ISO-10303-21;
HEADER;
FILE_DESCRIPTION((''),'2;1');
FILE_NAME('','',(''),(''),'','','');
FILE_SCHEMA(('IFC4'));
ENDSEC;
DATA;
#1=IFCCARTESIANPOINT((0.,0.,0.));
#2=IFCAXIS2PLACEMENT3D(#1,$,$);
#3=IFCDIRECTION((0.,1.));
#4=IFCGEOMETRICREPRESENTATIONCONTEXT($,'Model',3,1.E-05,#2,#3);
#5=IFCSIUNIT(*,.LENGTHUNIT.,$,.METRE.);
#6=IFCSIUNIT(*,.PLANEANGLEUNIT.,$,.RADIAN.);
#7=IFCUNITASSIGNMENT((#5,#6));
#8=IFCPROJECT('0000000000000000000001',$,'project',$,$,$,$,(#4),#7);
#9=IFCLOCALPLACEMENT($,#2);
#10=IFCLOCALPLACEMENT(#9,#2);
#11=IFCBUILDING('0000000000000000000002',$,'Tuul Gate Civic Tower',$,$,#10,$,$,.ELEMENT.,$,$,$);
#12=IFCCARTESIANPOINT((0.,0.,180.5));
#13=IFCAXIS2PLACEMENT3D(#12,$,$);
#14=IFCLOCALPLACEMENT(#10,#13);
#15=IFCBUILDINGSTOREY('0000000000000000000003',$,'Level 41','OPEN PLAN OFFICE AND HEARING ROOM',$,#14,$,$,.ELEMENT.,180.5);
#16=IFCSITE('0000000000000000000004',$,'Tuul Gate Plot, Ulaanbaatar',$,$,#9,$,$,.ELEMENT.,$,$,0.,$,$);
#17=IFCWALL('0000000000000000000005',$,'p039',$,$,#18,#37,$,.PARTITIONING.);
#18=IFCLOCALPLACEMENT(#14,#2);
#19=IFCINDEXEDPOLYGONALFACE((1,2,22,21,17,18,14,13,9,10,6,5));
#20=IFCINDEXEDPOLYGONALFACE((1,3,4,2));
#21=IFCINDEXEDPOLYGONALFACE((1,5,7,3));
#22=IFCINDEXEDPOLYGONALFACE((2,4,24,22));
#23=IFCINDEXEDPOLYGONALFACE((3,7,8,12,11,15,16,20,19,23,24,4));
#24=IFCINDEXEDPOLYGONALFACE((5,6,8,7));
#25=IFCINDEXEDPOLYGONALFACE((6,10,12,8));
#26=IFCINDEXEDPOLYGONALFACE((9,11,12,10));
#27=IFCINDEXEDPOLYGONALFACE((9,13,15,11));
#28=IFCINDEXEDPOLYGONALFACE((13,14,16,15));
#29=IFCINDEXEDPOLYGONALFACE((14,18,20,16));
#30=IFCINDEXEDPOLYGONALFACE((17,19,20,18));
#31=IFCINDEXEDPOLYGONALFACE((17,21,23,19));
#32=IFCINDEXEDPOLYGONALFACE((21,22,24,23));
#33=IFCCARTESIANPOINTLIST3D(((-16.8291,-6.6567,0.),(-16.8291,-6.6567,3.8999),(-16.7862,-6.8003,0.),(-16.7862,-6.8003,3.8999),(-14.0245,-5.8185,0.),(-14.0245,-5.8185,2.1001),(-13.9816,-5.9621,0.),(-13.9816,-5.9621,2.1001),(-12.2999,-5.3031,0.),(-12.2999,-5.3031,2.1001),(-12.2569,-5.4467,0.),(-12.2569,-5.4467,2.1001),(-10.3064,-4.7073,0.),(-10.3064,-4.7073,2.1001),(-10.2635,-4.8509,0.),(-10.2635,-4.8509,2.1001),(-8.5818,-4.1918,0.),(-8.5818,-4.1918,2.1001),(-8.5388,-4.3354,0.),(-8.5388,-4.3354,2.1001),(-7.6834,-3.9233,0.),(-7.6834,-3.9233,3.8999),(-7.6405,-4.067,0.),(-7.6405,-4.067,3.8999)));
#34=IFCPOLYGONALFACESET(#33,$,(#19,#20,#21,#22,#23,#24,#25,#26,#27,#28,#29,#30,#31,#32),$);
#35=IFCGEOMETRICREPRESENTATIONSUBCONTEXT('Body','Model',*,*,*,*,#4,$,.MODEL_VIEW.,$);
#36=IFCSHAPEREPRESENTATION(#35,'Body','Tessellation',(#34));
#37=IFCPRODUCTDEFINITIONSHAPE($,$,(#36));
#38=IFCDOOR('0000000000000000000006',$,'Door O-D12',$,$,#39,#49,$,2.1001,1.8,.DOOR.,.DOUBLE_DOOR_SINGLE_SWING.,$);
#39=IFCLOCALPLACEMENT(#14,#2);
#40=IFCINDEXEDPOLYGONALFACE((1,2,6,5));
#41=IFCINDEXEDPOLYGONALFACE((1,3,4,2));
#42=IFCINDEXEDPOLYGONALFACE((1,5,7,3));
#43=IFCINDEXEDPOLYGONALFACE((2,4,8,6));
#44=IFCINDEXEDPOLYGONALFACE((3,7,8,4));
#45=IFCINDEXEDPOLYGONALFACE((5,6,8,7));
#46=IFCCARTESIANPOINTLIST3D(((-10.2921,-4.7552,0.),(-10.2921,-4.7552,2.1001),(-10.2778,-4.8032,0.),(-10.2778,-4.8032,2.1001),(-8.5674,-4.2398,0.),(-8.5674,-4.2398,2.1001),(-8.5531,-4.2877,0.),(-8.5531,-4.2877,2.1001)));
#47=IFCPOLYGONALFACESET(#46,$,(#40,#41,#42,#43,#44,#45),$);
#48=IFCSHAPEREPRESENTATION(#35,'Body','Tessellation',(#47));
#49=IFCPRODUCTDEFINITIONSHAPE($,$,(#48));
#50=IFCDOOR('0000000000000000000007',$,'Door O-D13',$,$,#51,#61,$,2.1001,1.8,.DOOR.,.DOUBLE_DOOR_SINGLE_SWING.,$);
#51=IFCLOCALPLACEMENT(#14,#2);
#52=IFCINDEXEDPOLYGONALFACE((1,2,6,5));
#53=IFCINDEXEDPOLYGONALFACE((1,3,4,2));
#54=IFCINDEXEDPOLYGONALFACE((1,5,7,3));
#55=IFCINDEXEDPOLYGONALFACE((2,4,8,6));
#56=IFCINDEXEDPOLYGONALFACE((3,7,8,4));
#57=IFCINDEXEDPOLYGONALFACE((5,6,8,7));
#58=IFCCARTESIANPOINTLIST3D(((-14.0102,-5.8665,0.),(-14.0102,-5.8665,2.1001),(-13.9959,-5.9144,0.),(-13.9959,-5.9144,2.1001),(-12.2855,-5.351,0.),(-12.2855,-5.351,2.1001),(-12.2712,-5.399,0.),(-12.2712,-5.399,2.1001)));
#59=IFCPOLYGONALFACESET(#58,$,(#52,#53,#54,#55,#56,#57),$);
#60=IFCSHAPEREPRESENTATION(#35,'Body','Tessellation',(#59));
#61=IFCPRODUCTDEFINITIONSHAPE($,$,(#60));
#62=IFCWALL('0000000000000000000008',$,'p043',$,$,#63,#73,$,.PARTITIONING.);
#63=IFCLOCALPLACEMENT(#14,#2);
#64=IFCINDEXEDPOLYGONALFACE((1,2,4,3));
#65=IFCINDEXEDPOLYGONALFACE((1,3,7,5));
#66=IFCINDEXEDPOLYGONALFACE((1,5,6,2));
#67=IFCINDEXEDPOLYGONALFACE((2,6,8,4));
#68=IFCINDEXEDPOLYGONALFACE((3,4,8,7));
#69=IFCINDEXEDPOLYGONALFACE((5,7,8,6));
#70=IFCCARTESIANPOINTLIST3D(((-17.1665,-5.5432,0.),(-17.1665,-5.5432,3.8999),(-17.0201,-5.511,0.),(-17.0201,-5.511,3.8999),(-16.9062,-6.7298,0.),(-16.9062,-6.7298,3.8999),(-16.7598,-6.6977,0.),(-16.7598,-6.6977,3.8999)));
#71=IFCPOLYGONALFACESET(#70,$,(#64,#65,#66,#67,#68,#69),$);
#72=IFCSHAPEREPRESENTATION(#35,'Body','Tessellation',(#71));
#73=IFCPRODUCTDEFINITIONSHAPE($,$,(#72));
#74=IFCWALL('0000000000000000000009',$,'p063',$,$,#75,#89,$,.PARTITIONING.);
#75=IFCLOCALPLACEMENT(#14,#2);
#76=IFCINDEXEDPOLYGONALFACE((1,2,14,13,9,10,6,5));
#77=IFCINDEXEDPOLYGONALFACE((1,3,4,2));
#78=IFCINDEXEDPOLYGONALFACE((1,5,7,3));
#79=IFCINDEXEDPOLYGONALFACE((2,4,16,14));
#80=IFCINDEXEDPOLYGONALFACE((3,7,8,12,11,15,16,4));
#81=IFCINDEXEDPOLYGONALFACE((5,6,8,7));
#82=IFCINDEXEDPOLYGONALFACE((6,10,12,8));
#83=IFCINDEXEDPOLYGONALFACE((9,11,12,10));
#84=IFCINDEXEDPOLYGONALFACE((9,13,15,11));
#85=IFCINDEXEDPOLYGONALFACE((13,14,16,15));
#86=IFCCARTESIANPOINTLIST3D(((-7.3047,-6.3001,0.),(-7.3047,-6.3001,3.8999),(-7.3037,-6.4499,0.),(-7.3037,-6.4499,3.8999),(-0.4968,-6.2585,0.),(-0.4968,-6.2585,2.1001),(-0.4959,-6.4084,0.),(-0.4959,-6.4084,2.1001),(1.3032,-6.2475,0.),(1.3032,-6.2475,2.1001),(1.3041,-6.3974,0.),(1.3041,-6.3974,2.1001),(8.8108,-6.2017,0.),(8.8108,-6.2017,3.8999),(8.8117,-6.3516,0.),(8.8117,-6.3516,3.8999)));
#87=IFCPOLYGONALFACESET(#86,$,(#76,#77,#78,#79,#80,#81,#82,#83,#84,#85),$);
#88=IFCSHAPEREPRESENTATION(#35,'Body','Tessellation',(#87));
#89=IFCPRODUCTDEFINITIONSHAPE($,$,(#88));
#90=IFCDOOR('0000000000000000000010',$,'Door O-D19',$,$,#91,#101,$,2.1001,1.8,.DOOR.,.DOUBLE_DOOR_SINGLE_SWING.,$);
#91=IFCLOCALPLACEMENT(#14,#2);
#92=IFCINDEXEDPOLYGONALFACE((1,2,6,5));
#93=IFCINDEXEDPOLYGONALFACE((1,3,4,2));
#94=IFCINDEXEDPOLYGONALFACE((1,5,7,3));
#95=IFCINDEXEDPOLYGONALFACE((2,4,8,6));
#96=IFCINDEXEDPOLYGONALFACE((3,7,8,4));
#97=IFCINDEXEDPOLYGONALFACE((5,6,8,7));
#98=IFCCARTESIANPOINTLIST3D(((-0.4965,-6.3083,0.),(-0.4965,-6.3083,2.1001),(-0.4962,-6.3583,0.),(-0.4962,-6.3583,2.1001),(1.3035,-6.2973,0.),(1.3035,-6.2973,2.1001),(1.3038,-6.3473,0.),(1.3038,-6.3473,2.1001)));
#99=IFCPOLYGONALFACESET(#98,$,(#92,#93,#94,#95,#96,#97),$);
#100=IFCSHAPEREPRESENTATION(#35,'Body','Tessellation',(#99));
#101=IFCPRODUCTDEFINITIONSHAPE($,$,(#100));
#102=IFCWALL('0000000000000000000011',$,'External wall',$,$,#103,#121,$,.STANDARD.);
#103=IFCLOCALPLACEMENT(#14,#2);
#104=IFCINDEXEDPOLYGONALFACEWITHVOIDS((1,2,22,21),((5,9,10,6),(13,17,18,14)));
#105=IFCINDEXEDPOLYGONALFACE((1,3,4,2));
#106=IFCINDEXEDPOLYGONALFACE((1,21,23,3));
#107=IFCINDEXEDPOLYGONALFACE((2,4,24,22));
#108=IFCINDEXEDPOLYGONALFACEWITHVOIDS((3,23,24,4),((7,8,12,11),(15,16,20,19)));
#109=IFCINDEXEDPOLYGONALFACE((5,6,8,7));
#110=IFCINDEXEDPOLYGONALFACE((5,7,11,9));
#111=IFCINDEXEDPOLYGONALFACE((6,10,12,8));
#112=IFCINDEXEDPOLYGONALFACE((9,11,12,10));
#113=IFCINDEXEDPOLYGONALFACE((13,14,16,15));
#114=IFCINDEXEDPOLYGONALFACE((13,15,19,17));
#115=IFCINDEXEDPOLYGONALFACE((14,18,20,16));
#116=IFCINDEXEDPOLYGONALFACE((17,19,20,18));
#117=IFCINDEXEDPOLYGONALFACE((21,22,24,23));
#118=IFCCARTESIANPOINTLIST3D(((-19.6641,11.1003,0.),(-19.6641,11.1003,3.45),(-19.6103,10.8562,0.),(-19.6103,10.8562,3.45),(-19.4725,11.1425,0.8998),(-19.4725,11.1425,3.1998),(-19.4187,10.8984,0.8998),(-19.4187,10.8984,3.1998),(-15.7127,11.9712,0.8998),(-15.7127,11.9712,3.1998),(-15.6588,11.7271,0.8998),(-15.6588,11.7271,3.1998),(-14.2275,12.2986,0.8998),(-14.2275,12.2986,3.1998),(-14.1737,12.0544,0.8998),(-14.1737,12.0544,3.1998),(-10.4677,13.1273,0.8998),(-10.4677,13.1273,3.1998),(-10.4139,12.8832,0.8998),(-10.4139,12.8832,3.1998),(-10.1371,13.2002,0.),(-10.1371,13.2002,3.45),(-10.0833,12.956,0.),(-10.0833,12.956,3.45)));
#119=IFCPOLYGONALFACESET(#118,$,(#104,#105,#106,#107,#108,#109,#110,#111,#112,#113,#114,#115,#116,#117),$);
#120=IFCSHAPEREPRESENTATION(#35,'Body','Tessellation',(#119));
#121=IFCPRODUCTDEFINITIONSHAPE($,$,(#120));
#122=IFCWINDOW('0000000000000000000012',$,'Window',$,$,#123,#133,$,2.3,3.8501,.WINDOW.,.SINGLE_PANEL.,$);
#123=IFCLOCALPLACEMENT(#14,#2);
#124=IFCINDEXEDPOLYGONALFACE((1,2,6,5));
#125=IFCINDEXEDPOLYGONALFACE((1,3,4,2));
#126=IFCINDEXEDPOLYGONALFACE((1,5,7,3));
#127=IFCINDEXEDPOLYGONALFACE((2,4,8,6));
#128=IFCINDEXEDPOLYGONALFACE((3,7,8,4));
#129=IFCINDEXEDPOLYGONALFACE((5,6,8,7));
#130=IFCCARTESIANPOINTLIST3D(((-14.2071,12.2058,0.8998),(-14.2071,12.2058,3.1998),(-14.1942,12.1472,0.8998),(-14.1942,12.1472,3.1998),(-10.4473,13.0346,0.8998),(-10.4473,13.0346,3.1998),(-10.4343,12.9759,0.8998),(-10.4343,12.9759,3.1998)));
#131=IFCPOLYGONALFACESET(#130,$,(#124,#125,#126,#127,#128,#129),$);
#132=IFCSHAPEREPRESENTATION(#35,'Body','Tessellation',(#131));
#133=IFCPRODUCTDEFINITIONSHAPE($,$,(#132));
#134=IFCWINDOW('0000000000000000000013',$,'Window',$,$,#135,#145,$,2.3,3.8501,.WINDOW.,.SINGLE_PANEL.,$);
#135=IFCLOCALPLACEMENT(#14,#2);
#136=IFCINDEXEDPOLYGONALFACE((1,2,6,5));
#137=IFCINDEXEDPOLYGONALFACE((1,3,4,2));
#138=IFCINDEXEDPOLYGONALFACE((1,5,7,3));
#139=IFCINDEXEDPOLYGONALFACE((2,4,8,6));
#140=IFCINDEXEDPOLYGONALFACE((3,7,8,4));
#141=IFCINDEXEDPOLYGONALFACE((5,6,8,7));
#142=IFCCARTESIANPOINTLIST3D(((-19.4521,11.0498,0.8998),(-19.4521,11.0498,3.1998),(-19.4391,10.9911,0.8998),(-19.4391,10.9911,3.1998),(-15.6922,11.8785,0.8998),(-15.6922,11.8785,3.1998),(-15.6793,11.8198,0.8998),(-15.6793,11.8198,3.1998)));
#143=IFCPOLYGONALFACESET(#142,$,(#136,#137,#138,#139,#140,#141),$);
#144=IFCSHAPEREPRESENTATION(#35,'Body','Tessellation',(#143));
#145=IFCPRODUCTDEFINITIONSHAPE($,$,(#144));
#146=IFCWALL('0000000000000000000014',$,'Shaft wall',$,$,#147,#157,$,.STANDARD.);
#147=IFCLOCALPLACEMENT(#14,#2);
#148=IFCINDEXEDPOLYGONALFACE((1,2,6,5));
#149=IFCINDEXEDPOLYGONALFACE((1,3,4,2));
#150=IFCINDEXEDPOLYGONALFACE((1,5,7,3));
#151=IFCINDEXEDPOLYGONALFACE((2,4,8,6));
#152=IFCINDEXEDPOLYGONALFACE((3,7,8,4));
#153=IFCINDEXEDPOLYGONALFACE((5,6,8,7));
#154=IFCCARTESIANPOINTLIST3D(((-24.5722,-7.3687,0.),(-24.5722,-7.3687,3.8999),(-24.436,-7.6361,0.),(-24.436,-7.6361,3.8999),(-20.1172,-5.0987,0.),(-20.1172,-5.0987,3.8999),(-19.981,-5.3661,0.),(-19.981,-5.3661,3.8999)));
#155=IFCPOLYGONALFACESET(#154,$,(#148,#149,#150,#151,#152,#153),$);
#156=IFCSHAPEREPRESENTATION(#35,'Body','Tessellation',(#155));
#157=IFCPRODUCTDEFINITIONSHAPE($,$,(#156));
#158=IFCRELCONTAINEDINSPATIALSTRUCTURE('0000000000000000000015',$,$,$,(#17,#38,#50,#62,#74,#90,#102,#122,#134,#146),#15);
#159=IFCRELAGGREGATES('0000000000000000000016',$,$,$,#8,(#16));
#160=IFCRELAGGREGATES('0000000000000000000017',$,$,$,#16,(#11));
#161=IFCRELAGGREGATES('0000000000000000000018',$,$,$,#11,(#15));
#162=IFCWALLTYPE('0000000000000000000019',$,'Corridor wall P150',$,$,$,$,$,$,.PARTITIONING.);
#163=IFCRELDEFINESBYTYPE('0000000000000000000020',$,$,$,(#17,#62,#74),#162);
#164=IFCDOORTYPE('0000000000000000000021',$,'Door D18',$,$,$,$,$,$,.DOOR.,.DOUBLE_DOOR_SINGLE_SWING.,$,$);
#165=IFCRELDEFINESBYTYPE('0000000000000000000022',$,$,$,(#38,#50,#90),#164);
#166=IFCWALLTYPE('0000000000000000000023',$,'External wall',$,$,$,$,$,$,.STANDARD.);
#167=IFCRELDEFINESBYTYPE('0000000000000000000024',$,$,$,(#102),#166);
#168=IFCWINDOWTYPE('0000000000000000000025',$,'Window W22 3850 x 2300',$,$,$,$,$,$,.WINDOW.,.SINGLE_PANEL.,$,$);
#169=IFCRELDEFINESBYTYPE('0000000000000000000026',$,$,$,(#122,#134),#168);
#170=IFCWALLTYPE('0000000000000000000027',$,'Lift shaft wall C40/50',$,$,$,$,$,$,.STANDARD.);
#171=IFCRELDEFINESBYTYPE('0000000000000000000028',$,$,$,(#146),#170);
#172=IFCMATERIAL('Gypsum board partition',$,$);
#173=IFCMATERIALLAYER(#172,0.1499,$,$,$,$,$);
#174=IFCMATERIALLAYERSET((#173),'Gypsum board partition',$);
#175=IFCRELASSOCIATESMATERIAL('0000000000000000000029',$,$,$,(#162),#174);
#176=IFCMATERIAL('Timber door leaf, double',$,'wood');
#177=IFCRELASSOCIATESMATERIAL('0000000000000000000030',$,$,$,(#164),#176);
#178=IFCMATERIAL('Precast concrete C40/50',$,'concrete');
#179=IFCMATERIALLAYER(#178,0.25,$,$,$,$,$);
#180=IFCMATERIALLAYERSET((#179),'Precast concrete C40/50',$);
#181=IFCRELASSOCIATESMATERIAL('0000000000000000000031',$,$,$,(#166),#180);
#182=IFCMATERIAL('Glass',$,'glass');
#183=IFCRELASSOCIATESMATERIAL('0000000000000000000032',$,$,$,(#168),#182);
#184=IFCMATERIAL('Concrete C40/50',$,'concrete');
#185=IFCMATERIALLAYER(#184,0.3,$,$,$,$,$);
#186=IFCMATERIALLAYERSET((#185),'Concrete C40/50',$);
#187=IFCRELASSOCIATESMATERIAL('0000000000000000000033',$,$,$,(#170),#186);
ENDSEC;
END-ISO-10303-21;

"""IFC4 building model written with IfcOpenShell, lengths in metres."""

from ifc_helpers import new_model, si_unit, direction, frame, frame_2d, origin, place, context, subcontext, project, spatial, rectangle, extrude, material, layer, layer_set, type_object, element, fill, save


model = new_model("IFC4")

# Units and contexts
model_context = context("Model", 3, precision=1e-05, world=origin(), true_north=direction((0.0, 1.0)))
body_context = subcontext(model_context, "Body", "Model", "MODEL_VIEW")
ifc_project = project(units=[si_unit("LENGTHUNIT", "METRE"), si_unit("PLANEANGLEUNIT", "RADIAN")], contexts=[model_context])

# Site, building, storey
site_placement = place(None, origin())
site = spatial("IfcSite", under=ifc_project, at=site_placement, Name="Tuul Gate Plot, Ulaanbaatar", CompositionType="ELEMENT", RefElevation=0.0)
building_placement = place(site_placement, origin())
building = spatial("IfcBuilding", under=site, at=building_placement, Name="Tuul Gate Civic Tower", CompositionType="ELEMENT")
storey_placement = place(building_placement, frame((0.0, 0.0, 180.5)))
storey = spatial("IfcBuildingStorey", under=building, at=storey_placement, Name="Level 41", Description="OPEN PLAN OFFICE AND HEARING ROOM", CompositionType="ELEMENT", Elevation=180.5)

# Wall, openings, doors
ifc_material_1 = material(Name="Gypsum board partition")
ifc_layer_1 = layer(ifc_material_1, 0.1499)
ifc_layer_set_1 = layer_set([ifc_layer_1], Name="Gypsum board partition")
wall_type_1 = type_object("IfcWallType", Name="Corridor wall P150", PredefinedType="PARTITIONING", material=ifc_layer_set_1)
ifc_material_2 = material(Name="Timber door leaf, double", Category="wood")
door_type_1 = type_object("IfcDoorType", Name="Door D18", OperationType="DOUBLE_DOOR_SINGLE_SWING", PredefinedType="DOOR", material=ifc_material_2)
wall_1_placement = place(storey_placement, frame((-16.8076, -6.7285, 0.0), z_axis=(0.0, 0.0, 1.0), x_axis=(0.958124, 0.286355, 0.0)))
wall_1 = element("IfcWall", 1, at=wall_1_placement, inside=storey, type_object=wall_type_1, Name="p039", PredefinedType="PARTITIONING", context=body_context, shape_type="SweptSolid", body=[
    extrude(rectangle(XDim=9.5454, YDim=0.1499, at=frame_2d((4.7727, 0.0))), origin(), (0.0, 0.0, 1.0), 3.8999),
])
opening_1_placement = place(wall_1_placement, frame((6.8079, 0.0, 0.0)))
opening_1 = element("IfcOpeningElement", 2, at=opening_1_placement, cuts=wall_1, PredefinedType="OPENING", context=body_context, shape_type="SweptSolid", body=[
    extrude(rectangle(XDim=1.8, YDim=2.1001, at=frame_2d((0.8999, 1.05))), frame((0.0, 0.085, 0.0), z_axis=(0.0, -1.0, 0.0), x_axis=(1.0, 0.0, 0.0)), (0.0, 0.0, 1.0), 0.1699),
])
opening_2_placement = place(wall_1_placement, frame((2.9272, 0.0, 0.0)))
opening_2 = element("IfcOpeningElement", 3, at=opening_2_placement, cuts=wall_1, PredefinedType="OPENING", context=body_context, shape_type="SweptSolid", body=[
    extrude(rectangle(XDim=1.8, YDim=2.1001, at=frame_2d((0.8999, 1.05))), frame((0.0, 0.085, 0.0), z_axis=(0.0, -1.0, 0.0), x_axis=(1.0, 0.0, 0.0)), (0.0, 0.0, 1.0), 0.1699),
])
door_1_placement = place(opening_1_placement, origin())
door_1 = element("IfcDoor", 4, at=door_1_placement, inside=storey, type_object=door_type_1, Name="Door O-D12", OperationType="DOUBLE_DOOR_SINGLE_SWING", OverallHeight=2.1001, OverallWidth=1.8, PredefinedType="DOOR", context=body_context, shape_type="SweptSolid", body=[
    extrude(rectangle(XDim=1.8, YDim=2.1001, at=frame_2d((0.8999, 1.05))), frame((0.0, 0.0249, 0.0), z_axis=(0.0, -1.0, 0.0), x_axis=(1.0, 0.0, 0.0)), (0.0, 0.0, 1.0), 0.05),
])
fill(opening_1, door_1)
door_2_placement = place(opening_2_placement, origin())
door_2 = element("IfcDoor", 5, at=door_2_placement, inside=storey, type_object=door_type_1, Name="Door O-D13", OperationType="DOUBLE_DOOR_SINGLE_SWING", OverallHeight=2.1001, OverallWidth=1.8, PredefinedType="DOOR", context=body_context, shape_type="SweptSolid", body=[
    extrude(rectangle(XDim=1.8, YDim=2.1001, at=frame_2d((0.8999, 1.05))), frame((0.0, 0.0249, 0.0), z_axis=(0.0, -1.0, 0.0), x_axis=(1.0, 0.0, 0.0)), (0.0, 0.0, 1.0), 0.05),
])
fill(opening_2, door_2)

# Wall
wall_2_placement = place(storey_placement, frame((-17.0933, -5.5271, 0.0), z_axis=(0.0, 0.0, 1.0), x_axis=(0.214248, -0.976779, 0.0)))
element("IfcWall", 6, at=wall_2_placement, inside=storey, type_object=wall_type_1, Name="p043", PredefinedType="PARTITIONING", context=body_context, shape_type="SweptSolid", body=[
    extrude(rectangle(XDim=1.2148, YDim=0.1499, at=frame_2d((0.6074, 0.0))), origin(), (0.0, 0.0, 1.0), 3.8999),
])

# Wall, opening, door
wall_3_placement = place(storey_placement, frame((-7.3042, -6.375, 0.0), z_axis=(0.0, 0.0, 1.0), x_axis=(0.999981, 0.006105, 0.0)))
wall_3 = element("IfcWall", 7, at=wall_3_placement, inside=storey, type_object=wall_type_1, Name="p063", PredefinedType="PARTITIONING", context=body_context, shape_type="SweptSolid", body=[
    extrude(rectangle(XDim=16.1157, YDim=0.1499, at=frame_2d((8.0579, 0.0))), origin(), (0.0, 0.0, 1.0), 3.8999),
])
opening_3_placement = place(wall_3_placement, frame((6.8081, 0.0, 0.0)))
opening_3 = element("IfcOpeningElement", 8, at=opening_3_placement, cuts=wall_3, PredefinedType="OPENING", context=body_context, shape_type="SweptSolid", body=[
    extrude(rectangle(XDim=1.8, YDim=2.1001, at=frame_2d((0.8999, 1.05))), frame((0.0, 0.085, 0.0), z_axis=(0.0, -1.0, 0.0), x_axis=(1.0, 0.0, 0.0)), (0.0, 0.0, 1.0), 0.1699),
])
door_3_placement = place(opening_3_placement, frame((1.8, 0.0, 0.0), z_axis=(0.0, 0.0, 1.0), x_axis=(-1.0, 0.0, 0.0)))
door_3 = element("IfcDoor", 9, at=door_3_placement, inside=storey, type_object=door_type_1, Name="Door O-D19", OperationType="DOUBLE_DOOR_SINGLE_SWING", OverallHeight=2.1001, OverallWidth=1.8, PredefinedType="DOOR", context=body_context, shape_type="SweptSolid", body=[
    extrude(rectangle(XDim=1.8, YDim=2.1001, at=frame_2d((0.9001, 1.05))), frame((0.0, 0.0249, 0.0), z_axis=(0.0, -1.0, 0.0), x_axis=(1.0, 0.0, 0.0)), (0.0, 0.0, 1.0), 0.05),
])
fill(opening_3, door_3)

# Wall, openings, windows
ifc_material_3 = material(Name="Precast concrete C40/50", Category="concrete")
ifc_layer_2 = layer(ifc_material_3, 0.25)
ifc_layer_set_2 = layer_set([ifc_layer_2], Name="Precast concrete C40/50")
wall_type_2 = type_object("IfcWallType", Name="External wall", PredefinedType="STANDARD", material=ifc_layer_set_2)
wall_4_placement = place(storey_placement, frame((-10.1101, 13.0781, 0.0), z_axis=(0.0, 0.0, 1.0), x_axis=(-0.97656, -0.215248, 0.0)))
wall_4 = element("IfcWall", 10, at=wall_4_placement, inside=storey, type_object=wall_type_2, Name="External wall", PredefinedType="STANDARD", context=body_context, shape_type="SweptSolid", body=[
    extrude(rectangle(XDim=9.7556, YDim=0.25, at=frame_2d((4.8779, 0.0))), origin(), (0.0, 0.0, 1.0), 3.45),
])
opening_4_placement = place(wall_4_placement, frame((0.3386, 0.0, 0.8999)))
opening_4 = element("IfcOpeningElement", 11, at=opening_4_placement, cuts=wall_4, PredefinedType="OPENING", context=body_context, shape_type="SweptSolid", body=[
    extrude(rectangle(XDim=3.8501, YDim=2.3, at=frame_2d((1.925, 1.1499))), frame((0.0, 0.135, 0.0), z_axis=(0.0, -1.0, 0.0), x_axis=(1.0, 0.0, 0.0)), (0.0, 0.0, 1.0), 0.27),
])
opening_5_placement = place(wall_4_placement, frame((5.7095, 0.0, 0.8999)))
opening_5 = element("IfcOpeningElement", 12, at=opening_5_placement, cuts=wall_4, PredefinedType="OPENING", context=body_context, shape_type="SweptSolid", body=[
    extrude(rectangle(XDim=3.8501, YDim=2.3, at=frame_2d((1.925, 1.1499))), frame((0.0, 0.135, 0.0), z_axis=(0.0, -1.0, 0.0), x_axis=(1.0, 0.0, 0.0)), (0.0, 0.0, 1.0), 0.27),
])
ifc_material_4 = material(Name="Glass", Category="glass")
window_type = type_object("IfcWindowType", Name="Window W22 3850 x 2300", PartitioningType="SINGLE_PANEL", PredefinedType="WINDOW", material=ifc_material_4)
window_1_placement = place(opening_4_placement, origin())
window_1 = element("IfcWindow", 13, at=window_1_placement, inside=storey, type_object=window_type, Name="Window", OverallHeight=2.3, OverallWidth=3.8501, PartitioningType="SINGLE_PANEL", PredefinedType="WINDOW", context=body_context, shape_type="SweptSolid", body=[
    extrude(rectangle(XDim=3.8501, YDim=2.3, at=frame_2d((1.925, 1.1499))), frame((0.0, 0.03, 0.0), z_axis=(0.0, -1.0, 0.0), x_axis=(1.0, 0.0, 0.0)), (0.0, 0.0, 1.0), 0.0601),
])
fill(opening_4, window_1)
window_2_placement = place(opening_5_placement, origin())
window_2 = element("IfcWindow", 14, at=window_2_placement, inside=storey, type_object=window_type, Name="Window", OverallHeight=2.3, OverallWidth=3.8501, PartitioningType="SINGLE_PANEL", PredefinedType="WINDOW", context=body_context, shape_type="SweptSolid", body=[
    extrude(rectangle(XDim=3.8501, YDim=2.3, at=frame_2d((1.925, 1.1499))), frame((0.0, 0.03, 0.0), z_axis=(0.0, -1.0, 0.0), x_axis=(1.0, 0.0, 0.0)), (0.0, 0.0, 1.0), 0.0601),
])
fill(opening_5, window_2)

# Wall
ifc_material_5 = material(Name="Concrete C40/50", Category="concrete")
ifc_layer_3 = layer(ifc_material_5, 0.3)
ifc_layer_set_3 = layer_set([ifc_layer_3], Name="Concrete C40/50")
wall_type_3 = type_object("IfcWallType", Name="Lift shaft wall C40/50", PredefinedType="STANDARD", material=ifc_layer_set_3)
wall_5_placement = place(storey_placement, frame((-20.0491, -5.2324, 0.0), z_axis=(0.0, 0.0, 1.0), x_axis=(-0.891003, -0.453997, 0.0)))
element("IfcWall", 15, at=wall_5_placement, inside=storey, type_object=wall_type_3, Name="Shaft wall", PredefinedType="STANDARD", context=body_context, shape_type="SweptSolid", body=[
    extrude(rectangle(XDim=5.0, YDim=0.3, at=frame_2d((2.5, 0.0))), origin(), (0.0, 0.0, 1.0), 3.8999),
])

save(model, "model.ifc")
